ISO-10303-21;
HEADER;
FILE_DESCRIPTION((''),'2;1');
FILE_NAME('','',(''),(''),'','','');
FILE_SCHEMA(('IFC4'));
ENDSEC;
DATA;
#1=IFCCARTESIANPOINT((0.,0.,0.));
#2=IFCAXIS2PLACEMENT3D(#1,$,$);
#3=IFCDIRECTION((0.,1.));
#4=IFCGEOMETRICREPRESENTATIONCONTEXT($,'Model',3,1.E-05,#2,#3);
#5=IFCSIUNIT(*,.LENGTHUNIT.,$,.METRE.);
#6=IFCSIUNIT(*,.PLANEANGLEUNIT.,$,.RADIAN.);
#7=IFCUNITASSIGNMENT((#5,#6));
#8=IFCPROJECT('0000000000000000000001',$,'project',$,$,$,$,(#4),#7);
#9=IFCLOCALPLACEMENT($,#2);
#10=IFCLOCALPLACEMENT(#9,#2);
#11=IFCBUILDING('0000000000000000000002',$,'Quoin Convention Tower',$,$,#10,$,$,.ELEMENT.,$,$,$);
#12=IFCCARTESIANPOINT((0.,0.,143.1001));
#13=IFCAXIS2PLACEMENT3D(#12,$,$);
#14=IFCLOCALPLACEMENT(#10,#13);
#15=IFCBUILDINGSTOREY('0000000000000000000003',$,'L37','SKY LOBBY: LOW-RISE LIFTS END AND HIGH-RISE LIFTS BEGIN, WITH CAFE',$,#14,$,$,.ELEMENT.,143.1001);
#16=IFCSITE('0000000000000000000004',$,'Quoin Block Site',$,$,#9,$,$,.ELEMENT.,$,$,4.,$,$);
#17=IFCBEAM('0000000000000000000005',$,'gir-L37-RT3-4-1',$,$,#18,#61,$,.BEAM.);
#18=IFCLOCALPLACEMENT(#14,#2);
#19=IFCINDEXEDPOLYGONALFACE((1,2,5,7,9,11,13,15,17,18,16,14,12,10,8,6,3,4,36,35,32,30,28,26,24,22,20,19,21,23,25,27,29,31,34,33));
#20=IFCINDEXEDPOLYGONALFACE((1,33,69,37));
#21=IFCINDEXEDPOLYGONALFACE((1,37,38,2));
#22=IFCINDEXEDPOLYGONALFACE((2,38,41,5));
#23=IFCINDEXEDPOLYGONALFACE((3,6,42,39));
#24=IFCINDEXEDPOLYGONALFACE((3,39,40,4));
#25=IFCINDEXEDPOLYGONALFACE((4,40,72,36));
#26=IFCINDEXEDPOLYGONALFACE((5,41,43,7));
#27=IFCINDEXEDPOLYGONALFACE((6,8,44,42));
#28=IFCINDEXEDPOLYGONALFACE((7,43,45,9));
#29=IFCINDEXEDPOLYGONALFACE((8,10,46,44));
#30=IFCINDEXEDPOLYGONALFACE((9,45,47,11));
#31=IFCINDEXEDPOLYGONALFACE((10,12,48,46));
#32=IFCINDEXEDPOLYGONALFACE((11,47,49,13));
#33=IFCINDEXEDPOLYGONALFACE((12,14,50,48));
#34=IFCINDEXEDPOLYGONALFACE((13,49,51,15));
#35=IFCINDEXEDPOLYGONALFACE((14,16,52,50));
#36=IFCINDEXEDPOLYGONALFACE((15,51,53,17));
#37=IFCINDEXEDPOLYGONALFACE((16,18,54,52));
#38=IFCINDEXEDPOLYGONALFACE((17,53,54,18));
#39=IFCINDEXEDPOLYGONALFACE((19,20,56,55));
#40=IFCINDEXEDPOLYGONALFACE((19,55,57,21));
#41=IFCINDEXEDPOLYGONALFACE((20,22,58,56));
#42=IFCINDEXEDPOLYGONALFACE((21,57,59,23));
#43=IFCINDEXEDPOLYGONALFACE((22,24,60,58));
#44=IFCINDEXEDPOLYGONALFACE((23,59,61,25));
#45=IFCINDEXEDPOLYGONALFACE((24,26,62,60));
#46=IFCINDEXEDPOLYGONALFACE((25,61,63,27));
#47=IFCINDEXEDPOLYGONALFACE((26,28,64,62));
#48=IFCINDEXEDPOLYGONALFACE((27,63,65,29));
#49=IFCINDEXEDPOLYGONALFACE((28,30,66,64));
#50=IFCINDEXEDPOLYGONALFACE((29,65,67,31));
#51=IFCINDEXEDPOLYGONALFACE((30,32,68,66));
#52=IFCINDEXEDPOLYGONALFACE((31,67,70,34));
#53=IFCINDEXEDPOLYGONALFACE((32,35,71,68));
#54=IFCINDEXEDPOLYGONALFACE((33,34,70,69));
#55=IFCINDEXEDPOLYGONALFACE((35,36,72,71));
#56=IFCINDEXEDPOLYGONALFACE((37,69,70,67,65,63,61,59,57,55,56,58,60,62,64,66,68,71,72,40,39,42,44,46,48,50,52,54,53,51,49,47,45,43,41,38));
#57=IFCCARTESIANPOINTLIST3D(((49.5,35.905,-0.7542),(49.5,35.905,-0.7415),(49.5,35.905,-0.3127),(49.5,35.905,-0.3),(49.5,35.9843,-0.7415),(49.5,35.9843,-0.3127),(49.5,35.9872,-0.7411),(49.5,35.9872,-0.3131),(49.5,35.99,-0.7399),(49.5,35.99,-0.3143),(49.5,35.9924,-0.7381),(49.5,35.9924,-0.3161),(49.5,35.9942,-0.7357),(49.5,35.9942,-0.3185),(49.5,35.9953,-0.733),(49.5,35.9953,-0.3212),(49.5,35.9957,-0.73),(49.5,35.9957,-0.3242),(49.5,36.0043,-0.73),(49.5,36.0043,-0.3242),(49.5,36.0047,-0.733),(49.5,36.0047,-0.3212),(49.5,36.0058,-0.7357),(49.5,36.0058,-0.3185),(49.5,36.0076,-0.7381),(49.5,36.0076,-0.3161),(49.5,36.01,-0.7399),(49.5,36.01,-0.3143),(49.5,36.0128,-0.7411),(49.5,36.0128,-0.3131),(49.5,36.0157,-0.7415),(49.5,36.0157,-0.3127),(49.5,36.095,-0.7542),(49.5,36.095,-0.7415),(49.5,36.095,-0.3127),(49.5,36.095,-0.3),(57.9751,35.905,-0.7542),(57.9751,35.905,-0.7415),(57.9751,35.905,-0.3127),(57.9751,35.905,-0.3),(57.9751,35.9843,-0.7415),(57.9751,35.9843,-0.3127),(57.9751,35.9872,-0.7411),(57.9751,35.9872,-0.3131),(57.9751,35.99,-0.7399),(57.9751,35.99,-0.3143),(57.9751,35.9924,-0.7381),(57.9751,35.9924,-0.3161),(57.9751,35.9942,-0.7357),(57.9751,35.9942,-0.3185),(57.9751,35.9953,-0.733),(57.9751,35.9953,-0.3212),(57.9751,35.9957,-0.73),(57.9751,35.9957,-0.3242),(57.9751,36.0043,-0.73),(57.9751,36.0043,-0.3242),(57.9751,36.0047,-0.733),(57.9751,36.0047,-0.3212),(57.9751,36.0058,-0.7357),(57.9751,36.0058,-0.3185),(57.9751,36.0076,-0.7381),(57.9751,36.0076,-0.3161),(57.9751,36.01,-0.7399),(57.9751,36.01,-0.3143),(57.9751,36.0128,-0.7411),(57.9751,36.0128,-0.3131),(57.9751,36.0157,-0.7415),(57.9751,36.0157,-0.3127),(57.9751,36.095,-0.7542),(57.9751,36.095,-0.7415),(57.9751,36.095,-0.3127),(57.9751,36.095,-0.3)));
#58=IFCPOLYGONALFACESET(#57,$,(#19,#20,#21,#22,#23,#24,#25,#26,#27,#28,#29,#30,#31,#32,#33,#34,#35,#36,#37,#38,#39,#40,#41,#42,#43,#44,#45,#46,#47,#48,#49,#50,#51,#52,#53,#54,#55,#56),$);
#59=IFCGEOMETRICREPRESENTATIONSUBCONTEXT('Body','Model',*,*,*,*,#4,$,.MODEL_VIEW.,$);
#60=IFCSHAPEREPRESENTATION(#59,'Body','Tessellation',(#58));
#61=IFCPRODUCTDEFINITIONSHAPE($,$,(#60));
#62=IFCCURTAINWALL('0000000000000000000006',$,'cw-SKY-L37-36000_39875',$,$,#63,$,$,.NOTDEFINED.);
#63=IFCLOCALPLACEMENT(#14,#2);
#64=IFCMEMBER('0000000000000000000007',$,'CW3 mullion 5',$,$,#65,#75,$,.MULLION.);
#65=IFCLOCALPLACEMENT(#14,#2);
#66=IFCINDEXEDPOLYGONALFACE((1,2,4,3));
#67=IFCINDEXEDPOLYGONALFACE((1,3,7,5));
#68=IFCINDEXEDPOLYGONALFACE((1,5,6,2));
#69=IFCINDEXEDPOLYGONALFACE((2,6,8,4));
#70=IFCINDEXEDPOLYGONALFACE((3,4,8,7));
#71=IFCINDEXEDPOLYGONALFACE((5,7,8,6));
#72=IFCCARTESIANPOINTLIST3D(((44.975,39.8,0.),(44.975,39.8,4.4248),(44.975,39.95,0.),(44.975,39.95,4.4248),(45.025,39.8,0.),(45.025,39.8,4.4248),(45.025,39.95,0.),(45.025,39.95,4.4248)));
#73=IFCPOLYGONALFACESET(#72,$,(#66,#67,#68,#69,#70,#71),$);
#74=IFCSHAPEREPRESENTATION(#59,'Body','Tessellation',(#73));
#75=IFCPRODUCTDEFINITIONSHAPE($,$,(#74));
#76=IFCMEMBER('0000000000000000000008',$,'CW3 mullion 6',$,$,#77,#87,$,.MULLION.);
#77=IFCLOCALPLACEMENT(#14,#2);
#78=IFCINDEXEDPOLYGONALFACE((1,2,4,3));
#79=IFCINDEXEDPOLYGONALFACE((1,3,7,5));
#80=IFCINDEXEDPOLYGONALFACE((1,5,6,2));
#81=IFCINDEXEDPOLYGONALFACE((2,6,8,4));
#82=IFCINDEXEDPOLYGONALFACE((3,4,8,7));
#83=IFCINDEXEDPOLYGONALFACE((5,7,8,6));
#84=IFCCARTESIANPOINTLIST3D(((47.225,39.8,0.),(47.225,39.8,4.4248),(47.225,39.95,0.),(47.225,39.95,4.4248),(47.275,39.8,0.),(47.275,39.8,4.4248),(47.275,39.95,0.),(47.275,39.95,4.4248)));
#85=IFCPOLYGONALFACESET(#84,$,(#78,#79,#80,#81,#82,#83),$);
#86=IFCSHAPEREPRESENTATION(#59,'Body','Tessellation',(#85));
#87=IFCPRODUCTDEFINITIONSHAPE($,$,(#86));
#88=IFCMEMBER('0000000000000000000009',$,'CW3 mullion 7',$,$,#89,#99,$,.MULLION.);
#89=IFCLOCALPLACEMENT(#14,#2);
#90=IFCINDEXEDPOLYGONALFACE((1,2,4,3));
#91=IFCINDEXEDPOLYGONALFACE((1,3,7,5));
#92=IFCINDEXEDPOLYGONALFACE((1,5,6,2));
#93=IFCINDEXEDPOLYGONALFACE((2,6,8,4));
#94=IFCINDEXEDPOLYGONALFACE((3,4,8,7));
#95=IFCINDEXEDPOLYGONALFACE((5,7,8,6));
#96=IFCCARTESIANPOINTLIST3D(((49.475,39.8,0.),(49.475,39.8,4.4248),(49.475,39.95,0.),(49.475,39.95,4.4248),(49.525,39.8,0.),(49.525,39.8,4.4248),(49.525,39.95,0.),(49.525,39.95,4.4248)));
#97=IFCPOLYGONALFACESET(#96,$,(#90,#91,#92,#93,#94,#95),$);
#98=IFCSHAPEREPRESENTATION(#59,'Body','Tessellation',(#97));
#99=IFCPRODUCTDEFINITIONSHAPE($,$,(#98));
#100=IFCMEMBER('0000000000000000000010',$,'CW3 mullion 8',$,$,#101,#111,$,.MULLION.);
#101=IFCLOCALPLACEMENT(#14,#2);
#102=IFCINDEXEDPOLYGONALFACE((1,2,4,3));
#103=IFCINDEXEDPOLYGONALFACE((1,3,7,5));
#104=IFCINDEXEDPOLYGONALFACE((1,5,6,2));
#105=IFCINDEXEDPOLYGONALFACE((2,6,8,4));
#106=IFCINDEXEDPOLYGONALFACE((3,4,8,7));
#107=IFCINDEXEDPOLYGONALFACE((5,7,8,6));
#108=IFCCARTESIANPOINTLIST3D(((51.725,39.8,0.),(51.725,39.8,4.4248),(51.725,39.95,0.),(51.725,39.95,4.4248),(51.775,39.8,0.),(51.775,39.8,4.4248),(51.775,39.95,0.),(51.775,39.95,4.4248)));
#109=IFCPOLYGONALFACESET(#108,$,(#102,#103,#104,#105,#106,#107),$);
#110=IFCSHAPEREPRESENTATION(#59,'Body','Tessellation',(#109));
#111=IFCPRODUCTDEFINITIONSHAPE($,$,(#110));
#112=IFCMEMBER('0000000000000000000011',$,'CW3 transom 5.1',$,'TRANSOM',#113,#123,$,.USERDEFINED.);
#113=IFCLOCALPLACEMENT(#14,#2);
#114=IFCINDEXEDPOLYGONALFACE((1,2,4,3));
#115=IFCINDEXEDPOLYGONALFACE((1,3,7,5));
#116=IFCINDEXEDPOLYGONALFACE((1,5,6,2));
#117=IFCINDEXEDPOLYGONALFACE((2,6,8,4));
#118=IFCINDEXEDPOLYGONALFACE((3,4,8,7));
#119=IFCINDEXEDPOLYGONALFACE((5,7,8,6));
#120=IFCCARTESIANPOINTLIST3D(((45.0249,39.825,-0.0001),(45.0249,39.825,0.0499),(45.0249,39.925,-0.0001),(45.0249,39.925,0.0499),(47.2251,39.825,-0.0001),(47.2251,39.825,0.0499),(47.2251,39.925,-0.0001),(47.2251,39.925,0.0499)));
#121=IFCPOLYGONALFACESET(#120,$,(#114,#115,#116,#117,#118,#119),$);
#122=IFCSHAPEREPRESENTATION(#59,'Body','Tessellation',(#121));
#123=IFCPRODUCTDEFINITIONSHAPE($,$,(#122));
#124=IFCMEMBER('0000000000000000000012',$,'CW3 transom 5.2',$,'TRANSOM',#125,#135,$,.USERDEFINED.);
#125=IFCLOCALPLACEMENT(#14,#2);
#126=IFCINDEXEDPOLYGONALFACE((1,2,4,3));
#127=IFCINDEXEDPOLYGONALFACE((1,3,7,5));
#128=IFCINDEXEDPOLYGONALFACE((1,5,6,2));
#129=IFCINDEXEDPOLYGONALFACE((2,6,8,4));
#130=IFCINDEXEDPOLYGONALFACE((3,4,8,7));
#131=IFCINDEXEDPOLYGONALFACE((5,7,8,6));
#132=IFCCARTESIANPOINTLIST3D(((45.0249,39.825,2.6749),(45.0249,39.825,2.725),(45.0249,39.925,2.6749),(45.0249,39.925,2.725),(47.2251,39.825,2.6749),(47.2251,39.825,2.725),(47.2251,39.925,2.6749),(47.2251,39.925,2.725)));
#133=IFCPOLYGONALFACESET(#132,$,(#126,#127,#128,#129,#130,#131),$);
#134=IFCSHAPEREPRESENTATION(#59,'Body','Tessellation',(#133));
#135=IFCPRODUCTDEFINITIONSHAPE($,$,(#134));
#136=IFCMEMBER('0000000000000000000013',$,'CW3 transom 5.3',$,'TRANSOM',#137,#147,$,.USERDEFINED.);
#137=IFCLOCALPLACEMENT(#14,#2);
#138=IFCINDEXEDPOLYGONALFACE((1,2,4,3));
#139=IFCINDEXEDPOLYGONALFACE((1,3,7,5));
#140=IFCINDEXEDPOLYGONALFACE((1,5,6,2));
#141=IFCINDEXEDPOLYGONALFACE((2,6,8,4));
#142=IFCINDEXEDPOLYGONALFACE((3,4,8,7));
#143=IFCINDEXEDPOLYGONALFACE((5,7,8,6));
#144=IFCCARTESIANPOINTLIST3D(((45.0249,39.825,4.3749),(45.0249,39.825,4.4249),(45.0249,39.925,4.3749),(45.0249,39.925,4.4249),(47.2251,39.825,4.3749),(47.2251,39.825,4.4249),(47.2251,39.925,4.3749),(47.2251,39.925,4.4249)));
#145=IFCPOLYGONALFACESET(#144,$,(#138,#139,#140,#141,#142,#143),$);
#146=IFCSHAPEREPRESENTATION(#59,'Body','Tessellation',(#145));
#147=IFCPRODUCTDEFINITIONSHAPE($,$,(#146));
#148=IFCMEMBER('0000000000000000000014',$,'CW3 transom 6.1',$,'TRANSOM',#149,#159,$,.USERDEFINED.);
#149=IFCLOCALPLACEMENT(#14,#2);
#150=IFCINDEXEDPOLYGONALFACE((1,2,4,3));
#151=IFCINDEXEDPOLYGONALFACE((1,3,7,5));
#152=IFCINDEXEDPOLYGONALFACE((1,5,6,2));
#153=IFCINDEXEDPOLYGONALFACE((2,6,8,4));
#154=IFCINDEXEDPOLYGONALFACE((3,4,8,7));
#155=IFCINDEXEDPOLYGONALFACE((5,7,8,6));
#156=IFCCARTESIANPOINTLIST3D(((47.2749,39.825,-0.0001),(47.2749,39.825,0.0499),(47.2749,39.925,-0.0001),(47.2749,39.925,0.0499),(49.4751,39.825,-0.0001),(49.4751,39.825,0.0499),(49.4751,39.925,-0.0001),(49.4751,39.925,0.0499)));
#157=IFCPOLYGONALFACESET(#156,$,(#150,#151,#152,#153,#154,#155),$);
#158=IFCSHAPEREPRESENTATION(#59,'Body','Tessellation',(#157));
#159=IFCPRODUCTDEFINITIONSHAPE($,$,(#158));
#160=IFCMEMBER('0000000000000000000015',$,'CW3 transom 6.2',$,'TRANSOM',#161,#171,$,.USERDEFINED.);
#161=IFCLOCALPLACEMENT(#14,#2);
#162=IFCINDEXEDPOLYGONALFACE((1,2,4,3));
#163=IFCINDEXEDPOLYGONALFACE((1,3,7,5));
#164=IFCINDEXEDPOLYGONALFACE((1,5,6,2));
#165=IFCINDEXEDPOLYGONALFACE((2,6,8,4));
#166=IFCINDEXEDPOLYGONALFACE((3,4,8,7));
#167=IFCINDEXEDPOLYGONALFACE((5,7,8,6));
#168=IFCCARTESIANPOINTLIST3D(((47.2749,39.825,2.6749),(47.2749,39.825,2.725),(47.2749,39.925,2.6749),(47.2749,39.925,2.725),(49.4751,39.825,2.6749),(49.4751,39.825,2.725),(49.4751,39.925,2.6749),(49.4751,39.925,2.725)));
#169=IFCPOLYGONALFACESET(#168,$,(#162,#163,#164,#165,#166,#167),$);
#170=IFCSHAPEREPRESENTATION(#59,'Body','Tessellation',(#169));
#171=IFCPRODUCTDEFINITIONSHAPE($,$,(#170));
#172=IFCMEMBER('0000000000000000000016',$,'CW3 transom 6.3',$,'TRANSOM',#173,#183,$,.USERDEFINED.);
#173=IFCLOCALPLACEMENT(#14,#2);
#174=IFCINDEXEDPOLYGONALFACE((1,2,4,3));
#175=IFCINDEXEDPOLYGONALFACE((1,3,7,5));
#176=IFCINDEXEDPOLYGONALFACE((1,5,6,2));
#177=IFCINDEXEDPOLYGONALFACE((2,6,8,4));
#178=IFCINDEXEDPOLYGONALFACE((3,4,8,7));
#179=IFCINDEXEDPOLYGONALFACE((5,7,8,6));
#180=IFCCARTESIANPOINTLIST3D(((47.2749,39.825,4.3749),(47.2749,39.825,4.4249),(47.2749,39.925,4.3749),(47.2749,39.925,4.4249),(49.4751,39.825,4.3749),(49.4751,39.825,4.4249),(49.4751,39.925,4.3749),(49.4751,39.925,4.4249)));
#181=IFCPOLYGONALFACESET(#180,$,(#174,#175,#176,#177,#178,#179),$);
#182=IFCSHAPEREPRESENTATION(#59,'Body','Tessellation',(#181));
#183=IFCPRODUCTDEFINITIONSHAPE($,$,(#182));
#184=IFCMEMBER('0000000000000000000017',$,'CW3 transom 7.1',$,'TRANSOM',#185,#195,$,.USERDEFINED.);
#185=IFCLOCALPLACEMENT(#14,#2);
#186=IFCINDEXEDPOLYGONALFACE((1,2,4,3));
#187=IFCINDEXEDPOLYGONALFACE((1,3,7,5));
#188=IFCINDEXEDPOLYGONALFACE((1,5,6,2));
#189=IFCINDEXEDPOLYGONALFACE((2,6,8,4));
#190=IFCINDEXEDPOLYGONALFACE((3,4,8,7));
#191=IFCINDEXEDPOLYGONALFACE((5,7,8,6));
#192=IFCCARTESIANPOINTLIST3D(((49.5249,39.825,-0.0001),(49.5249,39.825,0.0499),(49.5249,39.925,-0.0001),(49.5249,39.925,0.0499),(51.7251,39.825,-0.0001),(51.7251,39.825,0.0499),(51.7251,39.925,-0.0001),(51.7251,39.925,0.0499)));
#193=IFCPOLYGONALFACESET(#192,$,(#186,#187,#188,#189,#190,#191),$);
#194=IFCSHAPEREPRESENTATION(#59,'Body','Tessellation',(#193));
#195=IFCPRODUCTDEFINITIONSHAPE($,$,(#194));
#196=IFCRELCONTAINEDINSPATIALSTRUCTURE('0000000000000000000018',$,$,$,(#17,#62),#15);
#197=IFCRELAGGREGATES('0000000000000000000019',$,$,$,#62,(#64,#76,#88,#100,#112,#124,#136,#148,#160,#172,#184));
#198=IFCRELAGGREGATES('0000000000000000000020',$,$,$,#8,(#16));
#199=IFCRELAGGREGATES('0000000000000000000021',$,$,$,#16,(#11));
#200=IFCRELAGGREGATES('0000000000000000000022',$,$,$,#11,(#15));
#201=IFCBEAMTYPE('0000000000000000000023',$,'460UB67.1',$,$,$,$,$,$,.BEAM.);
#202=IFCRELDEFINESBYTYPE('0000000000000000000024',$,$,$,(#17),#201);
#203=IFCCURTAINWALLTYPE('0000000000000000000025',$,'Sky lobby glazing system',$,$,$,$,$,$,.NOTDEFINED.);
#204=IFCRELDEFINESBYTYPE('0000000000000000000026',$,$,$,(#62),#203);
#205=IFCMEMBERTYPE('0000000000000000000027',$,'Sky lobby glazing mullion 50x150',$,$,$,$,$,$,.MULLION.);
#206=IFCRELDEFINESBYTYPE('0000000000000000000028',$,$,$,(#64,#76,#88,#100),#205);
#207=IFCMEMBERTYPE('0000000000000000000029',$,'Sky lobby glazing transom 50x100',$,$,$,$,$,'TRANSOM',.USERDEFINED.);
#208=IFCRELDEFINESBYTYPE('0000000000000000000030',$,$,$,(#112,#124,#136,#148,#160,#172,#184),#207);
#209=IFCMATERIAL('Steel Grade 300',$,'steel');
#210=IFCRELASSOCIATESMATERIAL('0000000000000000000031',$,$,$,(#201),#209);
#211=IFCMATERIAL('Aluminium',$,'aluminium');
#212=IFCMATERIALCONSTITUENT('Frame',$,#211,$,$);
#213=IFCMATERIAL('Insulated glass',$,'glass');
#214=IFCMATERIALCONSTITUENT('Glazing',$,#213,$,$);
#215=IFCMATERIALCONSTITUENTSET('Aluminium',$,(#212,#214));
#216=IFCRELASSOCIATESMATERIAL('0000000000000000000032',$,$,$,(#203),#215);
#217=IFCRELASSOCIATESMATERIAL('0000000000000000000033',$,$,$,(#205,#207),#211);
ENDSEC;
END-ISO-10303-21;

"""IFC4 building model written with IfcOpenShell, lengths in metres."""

from ifc_helpers import new_model, si_unit, direction, frame, origin, origin_2d, place, context, subcontext, project, spatial, rectangle, i_section, extrude, material, constituent, constituent_set, material_profile, profile_set, type_object, element, aggregate, save


model = new_model("IFC4")

# Units and contexts
model_context = context("Model", 3, precision=1e-05, world=origin(), true_north=direction((0.0, 1.0)))
body_context = subcontext(model_context, "Body", "Model", "MODEL_VIEW")
ifc_project = project(units=[si_unit("LENGTHUNIT", "METRE"), si_unit("PLANEANGLEUNIT", "RADIAN")], contexts=[model_context])

# Site, building, storey
site_placement = place(None, origin())
site = spatial("IfcSite", under=ifc_project, at=site_placement, Name="Quoin Block Site", CompositionType="ELEMENT", RefElevation=4.0)
building_placement = place(site_placement, origin())
building = spatial("IfcBuilding", under=site, at=building_placement, Name="Quoin Convention Tower", CompositionType="ELEMENT")
storey_placement = place(building_placement, frame((0.0, 0.0, 143.1001)))
storey = spatial("IfcBuildingStorey", under=building, at=storey_placement, Name="L37", Description="SKY LOBBY: LOW-RISE LIFTS END AND HIGH-RISE LIFTS BEGIN, WITH CAFE", CompositionType="ELEMENT", Elevation=143.1001)

# Beam
ifc_material_1 = material(Name="Steel Grade 300", Category="steel")
ifc_material_profile_1 = material_profile(ifc_material_1, i_section(OverallWidth=0.1899, OverallDepth=0.4541, WebThickness=0.0085, FlangeThickness=0.0127, FilletRadius=0.0115, at=origin_2d()), Name="460UB67.1")
ifc_profile_set_1 = profile_set([ifc_material_profile_1], Name="Steel Grade 300")
beam_type = type_object("IfcBeamType", Name="460UB67.1", PredefinedType="BEAM", material=ifc_profile_set_1)
beam_placement = place(storey_placement, frame((49.5, 36.0, -0.5271), z_axis=(1.0, 0.0, 0.0), x_axis=(0.0, 1.0, 0.0)))
element("IfcBeam", 1, at=beam_placement, inside=storey, type_object=beam_type, Name="gir-L37-RT3-4-1", PredefinedType="BEAM", context=body_context, shape_type="SweptSolid", body=[
    extrude(i_section(OverallWidth=0.1899, OverallDepth=0.4541, WebThickness=0.0085, FlangeThickness=0.0127, FilletRadius=0.0115, at=origin_2d()), origin(), (0.0, 0.0, 1.0), 8.4751),
])

# Curtain wall, members
ifc_material_2 = material(Name="Aluminium", Category="aluminium")
ifc_constituent_1 = constituent(ifc_material_2, Name="Frame")
ifc_material_3 = material(Name="Insulated glass", Category="glass")
ifc_constituent_2 = constituent(ifc_material_3, Name="Glazing")
ifc_constituent_set = constituent_set(constituents=[ifc_constituent_1, ifc_constituent_2], Name="Aluminium")
curtain_wall_type = type_object("IfcCurtainWallType", Name="Sky lobby glazing system", PredefinedType="NOTDEFINED", material=ifc_constituent_set)
curtain_wall_placement = place(storey_placement, origin())
curtain_wall = element("IfcCurtainWall", 2, at=curtain_wall_placement, inside=storey, type_object=curtain_wall_type, Name="cw-SKY-L37-36000_39875", PredefinedType="NOTDEFINED")
ifc_material_profile_2 = material_profile(ifc_material_2, rectangle(XDim=0.1499, YDim=0.05, at=origin_2d()), Name="Sky lobby glazing mullion 50x150")
ifc_profile_set_2 = profile_set([ifc_material_profile_2], Name="Aluminium")
member_type_1 = type_object("IfcMemberType", Name="Sky lobby glazing mullion 50x150", PredefinedType="MULLION", material=ifc_profile_set_2)
member_1_placement = place(storey_placement, frame((45.0, 39.875, 0.0), z_axis=(0.0, 0.0, 1.0), x_axis=(0.0, 1.0, 0.0)))
member_1 = element("IfcMember", 3, at=member_1_placement, type_object=member_type_1, Name="CW3 mullion 5", PredefinedType="MULLION", context=body_context, shape_type="SweptSolid", body=[
    extrude(rectangle(XDim=0.1499, YDim=0.05, at=origin_2d()), origin(), (0.0, 0.0, 1.0), 4.4248),
])
member_2_placement = place(storey_placement, frame((47.25, 39.875, 0.0), z_axis=(0.0, 0.0, 1.0), x_axis=(0.0, 1.0, 0.0)))
member_2 = element("IfcMember", 4, at=member_2_placement, type_object=member_type_1, Name="CW3 mullion 6", PredefinedType="MULLION", context=body_context, shape_type="SweptSolid", body=[
    extrude(rectangle(XDim=0.1499, YDim=0.05, at=origin_2d()), origin(), (0.0, 0.0, 1.0), 4.4248),
])
member_3_placement = place(storey_placement, frame((49.5, 39.875, 0.0), z_axis=(0.0, 0.0, 1.0), x_axis=(0.0, 1.0, 0.0)))
member_3 = element("IfcMember", 5, at=member_3_placement, type_object=member_type_1, Name="CW3 mullion 7", PredefinedType="MULLION", context=body_context, shape_type="SweptSolid", body=[
    extrude(rectangle(XDim=0.1499, YDim=0.05, at=origin_2d()), origin(), (0.0, 0.0, 1.0), 4.4248),
])
member_4_placement = place(storey_placement, frame((51.75, 39.875, 0.0), z_axis=(0.0, 0.0, 1.0), x_axis=(0.0, 1.0, 0.0)))
member_4 = element("IfcMember", 6, at=member_4_placement, type_object=member_type_1, Name="CW3 mullion 8", PredefinedType="MULLION", context=body_context, shape_type="SweptSolid", body=[
    extrude(rectangle(XDim=0.1499, YDim=0.05, at=origin_2d()), origin(), (0.0, 0.0, 1.0), 4.4248),
])
ifc_material_profile_3 = material_profile(ifc_material_2, rectangle(XDim=0.1001, YDim=0.05, at=origin_2d()), Name="Sky lobby glazing transom 50x100")
ifc_profile_set_3 = profile_set([ifc_material_profile_3], Name="Aluminium")
member_type_2 = type_object("IfcMemberType", Name="Sky lobby glazing transom 50x100", ElementType="TRANSOM", PredefinedType="USERDEFINED", material=ifc_profile_set_3)
member_5_placement = place(storey_placement, frame((45.0249, 39.875, 0.0249), z_axis=(1.0, 0.0, 0.0), x_axis=(0.0, 1.0, 0.0)))
member_5 = element("IfcMember", 7, at=member_5_placement, type_object=member_type_2, Name="CW3 transom 5.1", ObjectType="TRANSOM", PredefinedType="USERDEFINED", context=body_context, shape_type="SweptSolid", body=[
    extrude(rectangle(XDim=0.1001, YDim=0.05, at=origin_2d()), origin(), (0.0, 0.0, 1.0), 2.2002),
])
member_6_placement = place(storey_placement, frame((45.0249, 39.875, 2.7), z_axis=(1.0, 0.0, 0.0), x_axis=(0.0, 1.0, 0.0)))
member_6 = element("IfcMember", 8, at=member_6_placement, type_object=member_type_2, Name="CW3 transom 5.2", ObjectType="TRANSOM", PredefinedType="USERDEFINED", context=body_context, shape_type="SweptSolid", body=[
    extrude(rectangle(XDim=0.1001, YDim=0.05, at=origin_2d()), origin(), (0.0, 0.0, 1.0), 2.2002),
])
member_7_placement = place(storey_placement, frame((45.0249, 39.875, 4.3999), z_axis=(1.0, 0.0, 0.0), x_axis=(0.0, 1.0, 0.0)))
member_7 = element("IfcMember", 9, at=member_7_placement, type_object=member_type_2, Name="CW3 transom 5.3", ObjectType="TRANSOM", PredefinedType="USERDEFINED", context=body_context, shape_type="SweptSolid", body=[
    extrude(rectangle(XDim=0.1001, YDim=0.05, at=origin_2d()), origin(), (0.0, 0.0, 1.0), 2.2002),
])
member_8_placement = place(storey_placement, frame((47.2749, 39.875, 0.0249), z_axis=(1.0, 0.0, 0.0), x_axis=(0.0, 1.0, 0.0)))
member_8 = element("IfcMember", 10, at=member_8_placement, type_object=member_type_2, Name="CW3 transom 6.1", ObjectType="TRANSOM", PredefinedType="USERDEFINED", context=body_context, shape_type="SweptSolid", body=[
    extrude(rectangle(XDim=0.1001, YDim=0.05, at=origin_2d()), origin(), (0.0, 0.0, 1.0), 2.2002),
])
member_9_placement = place(storey_placement, frame((47.2749, 39.875, 2.7), z_axis=(1.0, 0.0, 0.0), x_axis=(0.0, 1.0, 0.0)))
member_9 = element("IfcMember", 11, at=member_9_placement, type_object=member_type_2, Name="CW3 transom 6.2", ObjectType="TRANSOM", PredefinedType="USERDEFINED", context=body_context, shape_type="SweptSolid", body=[
    extrude(rectangle(XDim=0.1001, YDim=0.05, at=origin_2d()), origin(), (0.0, 0.0, 1.0), 2.2002),
])
member_10_placement = place(storey_placement, frame((47.2749, 39.875, 4.3999), z_axis=(1.0, 0.0, 0.0), x_axis=(0.0, 1.0, 0.0)))
member_10 = element("IfcMember", 12, at=member_10_placement, type_object=member_type_2, Name="CW3 transom 6.3", ObjectType="TRANSOM", PredefinedType="USERDEFINED", context=body_context, shape_type="SweptSolid", body=[
    extrude(rectangle(XDim=0.1001, YDim=0.05, at=origin_2d()), origin(), (0.0, 0.0, 1.0), 2.2002),
])
member_11_placement = place(storey_placement, frame((49.5249, 39.875, 0.0249), z_axis=(1.0, 0.0, 0.0), x_axis=(0.0, 1.0, 0.0)))
member_11 = element("IfcMember", 13, at=member_11_placement, type_object=member_type_2, Name="CW3 transom 7.1", ObjectType="TRANSOM", PredefinedType="USERDEFINED", context=body_context, shape_type="SweptSolid", body=[
    extrude(rectangle(XDim=0.1001, YDim=0.05, at=origin_2d()), origin(), (0.0, 0.0, 1.0), 2.2002),
])
aggregate(curtain_wall, [member_1, member_2, member_3, member_4, member_5, member_6, member_7, member_8, member_9, member_10, member_11])

save(model, "model.ifc")
